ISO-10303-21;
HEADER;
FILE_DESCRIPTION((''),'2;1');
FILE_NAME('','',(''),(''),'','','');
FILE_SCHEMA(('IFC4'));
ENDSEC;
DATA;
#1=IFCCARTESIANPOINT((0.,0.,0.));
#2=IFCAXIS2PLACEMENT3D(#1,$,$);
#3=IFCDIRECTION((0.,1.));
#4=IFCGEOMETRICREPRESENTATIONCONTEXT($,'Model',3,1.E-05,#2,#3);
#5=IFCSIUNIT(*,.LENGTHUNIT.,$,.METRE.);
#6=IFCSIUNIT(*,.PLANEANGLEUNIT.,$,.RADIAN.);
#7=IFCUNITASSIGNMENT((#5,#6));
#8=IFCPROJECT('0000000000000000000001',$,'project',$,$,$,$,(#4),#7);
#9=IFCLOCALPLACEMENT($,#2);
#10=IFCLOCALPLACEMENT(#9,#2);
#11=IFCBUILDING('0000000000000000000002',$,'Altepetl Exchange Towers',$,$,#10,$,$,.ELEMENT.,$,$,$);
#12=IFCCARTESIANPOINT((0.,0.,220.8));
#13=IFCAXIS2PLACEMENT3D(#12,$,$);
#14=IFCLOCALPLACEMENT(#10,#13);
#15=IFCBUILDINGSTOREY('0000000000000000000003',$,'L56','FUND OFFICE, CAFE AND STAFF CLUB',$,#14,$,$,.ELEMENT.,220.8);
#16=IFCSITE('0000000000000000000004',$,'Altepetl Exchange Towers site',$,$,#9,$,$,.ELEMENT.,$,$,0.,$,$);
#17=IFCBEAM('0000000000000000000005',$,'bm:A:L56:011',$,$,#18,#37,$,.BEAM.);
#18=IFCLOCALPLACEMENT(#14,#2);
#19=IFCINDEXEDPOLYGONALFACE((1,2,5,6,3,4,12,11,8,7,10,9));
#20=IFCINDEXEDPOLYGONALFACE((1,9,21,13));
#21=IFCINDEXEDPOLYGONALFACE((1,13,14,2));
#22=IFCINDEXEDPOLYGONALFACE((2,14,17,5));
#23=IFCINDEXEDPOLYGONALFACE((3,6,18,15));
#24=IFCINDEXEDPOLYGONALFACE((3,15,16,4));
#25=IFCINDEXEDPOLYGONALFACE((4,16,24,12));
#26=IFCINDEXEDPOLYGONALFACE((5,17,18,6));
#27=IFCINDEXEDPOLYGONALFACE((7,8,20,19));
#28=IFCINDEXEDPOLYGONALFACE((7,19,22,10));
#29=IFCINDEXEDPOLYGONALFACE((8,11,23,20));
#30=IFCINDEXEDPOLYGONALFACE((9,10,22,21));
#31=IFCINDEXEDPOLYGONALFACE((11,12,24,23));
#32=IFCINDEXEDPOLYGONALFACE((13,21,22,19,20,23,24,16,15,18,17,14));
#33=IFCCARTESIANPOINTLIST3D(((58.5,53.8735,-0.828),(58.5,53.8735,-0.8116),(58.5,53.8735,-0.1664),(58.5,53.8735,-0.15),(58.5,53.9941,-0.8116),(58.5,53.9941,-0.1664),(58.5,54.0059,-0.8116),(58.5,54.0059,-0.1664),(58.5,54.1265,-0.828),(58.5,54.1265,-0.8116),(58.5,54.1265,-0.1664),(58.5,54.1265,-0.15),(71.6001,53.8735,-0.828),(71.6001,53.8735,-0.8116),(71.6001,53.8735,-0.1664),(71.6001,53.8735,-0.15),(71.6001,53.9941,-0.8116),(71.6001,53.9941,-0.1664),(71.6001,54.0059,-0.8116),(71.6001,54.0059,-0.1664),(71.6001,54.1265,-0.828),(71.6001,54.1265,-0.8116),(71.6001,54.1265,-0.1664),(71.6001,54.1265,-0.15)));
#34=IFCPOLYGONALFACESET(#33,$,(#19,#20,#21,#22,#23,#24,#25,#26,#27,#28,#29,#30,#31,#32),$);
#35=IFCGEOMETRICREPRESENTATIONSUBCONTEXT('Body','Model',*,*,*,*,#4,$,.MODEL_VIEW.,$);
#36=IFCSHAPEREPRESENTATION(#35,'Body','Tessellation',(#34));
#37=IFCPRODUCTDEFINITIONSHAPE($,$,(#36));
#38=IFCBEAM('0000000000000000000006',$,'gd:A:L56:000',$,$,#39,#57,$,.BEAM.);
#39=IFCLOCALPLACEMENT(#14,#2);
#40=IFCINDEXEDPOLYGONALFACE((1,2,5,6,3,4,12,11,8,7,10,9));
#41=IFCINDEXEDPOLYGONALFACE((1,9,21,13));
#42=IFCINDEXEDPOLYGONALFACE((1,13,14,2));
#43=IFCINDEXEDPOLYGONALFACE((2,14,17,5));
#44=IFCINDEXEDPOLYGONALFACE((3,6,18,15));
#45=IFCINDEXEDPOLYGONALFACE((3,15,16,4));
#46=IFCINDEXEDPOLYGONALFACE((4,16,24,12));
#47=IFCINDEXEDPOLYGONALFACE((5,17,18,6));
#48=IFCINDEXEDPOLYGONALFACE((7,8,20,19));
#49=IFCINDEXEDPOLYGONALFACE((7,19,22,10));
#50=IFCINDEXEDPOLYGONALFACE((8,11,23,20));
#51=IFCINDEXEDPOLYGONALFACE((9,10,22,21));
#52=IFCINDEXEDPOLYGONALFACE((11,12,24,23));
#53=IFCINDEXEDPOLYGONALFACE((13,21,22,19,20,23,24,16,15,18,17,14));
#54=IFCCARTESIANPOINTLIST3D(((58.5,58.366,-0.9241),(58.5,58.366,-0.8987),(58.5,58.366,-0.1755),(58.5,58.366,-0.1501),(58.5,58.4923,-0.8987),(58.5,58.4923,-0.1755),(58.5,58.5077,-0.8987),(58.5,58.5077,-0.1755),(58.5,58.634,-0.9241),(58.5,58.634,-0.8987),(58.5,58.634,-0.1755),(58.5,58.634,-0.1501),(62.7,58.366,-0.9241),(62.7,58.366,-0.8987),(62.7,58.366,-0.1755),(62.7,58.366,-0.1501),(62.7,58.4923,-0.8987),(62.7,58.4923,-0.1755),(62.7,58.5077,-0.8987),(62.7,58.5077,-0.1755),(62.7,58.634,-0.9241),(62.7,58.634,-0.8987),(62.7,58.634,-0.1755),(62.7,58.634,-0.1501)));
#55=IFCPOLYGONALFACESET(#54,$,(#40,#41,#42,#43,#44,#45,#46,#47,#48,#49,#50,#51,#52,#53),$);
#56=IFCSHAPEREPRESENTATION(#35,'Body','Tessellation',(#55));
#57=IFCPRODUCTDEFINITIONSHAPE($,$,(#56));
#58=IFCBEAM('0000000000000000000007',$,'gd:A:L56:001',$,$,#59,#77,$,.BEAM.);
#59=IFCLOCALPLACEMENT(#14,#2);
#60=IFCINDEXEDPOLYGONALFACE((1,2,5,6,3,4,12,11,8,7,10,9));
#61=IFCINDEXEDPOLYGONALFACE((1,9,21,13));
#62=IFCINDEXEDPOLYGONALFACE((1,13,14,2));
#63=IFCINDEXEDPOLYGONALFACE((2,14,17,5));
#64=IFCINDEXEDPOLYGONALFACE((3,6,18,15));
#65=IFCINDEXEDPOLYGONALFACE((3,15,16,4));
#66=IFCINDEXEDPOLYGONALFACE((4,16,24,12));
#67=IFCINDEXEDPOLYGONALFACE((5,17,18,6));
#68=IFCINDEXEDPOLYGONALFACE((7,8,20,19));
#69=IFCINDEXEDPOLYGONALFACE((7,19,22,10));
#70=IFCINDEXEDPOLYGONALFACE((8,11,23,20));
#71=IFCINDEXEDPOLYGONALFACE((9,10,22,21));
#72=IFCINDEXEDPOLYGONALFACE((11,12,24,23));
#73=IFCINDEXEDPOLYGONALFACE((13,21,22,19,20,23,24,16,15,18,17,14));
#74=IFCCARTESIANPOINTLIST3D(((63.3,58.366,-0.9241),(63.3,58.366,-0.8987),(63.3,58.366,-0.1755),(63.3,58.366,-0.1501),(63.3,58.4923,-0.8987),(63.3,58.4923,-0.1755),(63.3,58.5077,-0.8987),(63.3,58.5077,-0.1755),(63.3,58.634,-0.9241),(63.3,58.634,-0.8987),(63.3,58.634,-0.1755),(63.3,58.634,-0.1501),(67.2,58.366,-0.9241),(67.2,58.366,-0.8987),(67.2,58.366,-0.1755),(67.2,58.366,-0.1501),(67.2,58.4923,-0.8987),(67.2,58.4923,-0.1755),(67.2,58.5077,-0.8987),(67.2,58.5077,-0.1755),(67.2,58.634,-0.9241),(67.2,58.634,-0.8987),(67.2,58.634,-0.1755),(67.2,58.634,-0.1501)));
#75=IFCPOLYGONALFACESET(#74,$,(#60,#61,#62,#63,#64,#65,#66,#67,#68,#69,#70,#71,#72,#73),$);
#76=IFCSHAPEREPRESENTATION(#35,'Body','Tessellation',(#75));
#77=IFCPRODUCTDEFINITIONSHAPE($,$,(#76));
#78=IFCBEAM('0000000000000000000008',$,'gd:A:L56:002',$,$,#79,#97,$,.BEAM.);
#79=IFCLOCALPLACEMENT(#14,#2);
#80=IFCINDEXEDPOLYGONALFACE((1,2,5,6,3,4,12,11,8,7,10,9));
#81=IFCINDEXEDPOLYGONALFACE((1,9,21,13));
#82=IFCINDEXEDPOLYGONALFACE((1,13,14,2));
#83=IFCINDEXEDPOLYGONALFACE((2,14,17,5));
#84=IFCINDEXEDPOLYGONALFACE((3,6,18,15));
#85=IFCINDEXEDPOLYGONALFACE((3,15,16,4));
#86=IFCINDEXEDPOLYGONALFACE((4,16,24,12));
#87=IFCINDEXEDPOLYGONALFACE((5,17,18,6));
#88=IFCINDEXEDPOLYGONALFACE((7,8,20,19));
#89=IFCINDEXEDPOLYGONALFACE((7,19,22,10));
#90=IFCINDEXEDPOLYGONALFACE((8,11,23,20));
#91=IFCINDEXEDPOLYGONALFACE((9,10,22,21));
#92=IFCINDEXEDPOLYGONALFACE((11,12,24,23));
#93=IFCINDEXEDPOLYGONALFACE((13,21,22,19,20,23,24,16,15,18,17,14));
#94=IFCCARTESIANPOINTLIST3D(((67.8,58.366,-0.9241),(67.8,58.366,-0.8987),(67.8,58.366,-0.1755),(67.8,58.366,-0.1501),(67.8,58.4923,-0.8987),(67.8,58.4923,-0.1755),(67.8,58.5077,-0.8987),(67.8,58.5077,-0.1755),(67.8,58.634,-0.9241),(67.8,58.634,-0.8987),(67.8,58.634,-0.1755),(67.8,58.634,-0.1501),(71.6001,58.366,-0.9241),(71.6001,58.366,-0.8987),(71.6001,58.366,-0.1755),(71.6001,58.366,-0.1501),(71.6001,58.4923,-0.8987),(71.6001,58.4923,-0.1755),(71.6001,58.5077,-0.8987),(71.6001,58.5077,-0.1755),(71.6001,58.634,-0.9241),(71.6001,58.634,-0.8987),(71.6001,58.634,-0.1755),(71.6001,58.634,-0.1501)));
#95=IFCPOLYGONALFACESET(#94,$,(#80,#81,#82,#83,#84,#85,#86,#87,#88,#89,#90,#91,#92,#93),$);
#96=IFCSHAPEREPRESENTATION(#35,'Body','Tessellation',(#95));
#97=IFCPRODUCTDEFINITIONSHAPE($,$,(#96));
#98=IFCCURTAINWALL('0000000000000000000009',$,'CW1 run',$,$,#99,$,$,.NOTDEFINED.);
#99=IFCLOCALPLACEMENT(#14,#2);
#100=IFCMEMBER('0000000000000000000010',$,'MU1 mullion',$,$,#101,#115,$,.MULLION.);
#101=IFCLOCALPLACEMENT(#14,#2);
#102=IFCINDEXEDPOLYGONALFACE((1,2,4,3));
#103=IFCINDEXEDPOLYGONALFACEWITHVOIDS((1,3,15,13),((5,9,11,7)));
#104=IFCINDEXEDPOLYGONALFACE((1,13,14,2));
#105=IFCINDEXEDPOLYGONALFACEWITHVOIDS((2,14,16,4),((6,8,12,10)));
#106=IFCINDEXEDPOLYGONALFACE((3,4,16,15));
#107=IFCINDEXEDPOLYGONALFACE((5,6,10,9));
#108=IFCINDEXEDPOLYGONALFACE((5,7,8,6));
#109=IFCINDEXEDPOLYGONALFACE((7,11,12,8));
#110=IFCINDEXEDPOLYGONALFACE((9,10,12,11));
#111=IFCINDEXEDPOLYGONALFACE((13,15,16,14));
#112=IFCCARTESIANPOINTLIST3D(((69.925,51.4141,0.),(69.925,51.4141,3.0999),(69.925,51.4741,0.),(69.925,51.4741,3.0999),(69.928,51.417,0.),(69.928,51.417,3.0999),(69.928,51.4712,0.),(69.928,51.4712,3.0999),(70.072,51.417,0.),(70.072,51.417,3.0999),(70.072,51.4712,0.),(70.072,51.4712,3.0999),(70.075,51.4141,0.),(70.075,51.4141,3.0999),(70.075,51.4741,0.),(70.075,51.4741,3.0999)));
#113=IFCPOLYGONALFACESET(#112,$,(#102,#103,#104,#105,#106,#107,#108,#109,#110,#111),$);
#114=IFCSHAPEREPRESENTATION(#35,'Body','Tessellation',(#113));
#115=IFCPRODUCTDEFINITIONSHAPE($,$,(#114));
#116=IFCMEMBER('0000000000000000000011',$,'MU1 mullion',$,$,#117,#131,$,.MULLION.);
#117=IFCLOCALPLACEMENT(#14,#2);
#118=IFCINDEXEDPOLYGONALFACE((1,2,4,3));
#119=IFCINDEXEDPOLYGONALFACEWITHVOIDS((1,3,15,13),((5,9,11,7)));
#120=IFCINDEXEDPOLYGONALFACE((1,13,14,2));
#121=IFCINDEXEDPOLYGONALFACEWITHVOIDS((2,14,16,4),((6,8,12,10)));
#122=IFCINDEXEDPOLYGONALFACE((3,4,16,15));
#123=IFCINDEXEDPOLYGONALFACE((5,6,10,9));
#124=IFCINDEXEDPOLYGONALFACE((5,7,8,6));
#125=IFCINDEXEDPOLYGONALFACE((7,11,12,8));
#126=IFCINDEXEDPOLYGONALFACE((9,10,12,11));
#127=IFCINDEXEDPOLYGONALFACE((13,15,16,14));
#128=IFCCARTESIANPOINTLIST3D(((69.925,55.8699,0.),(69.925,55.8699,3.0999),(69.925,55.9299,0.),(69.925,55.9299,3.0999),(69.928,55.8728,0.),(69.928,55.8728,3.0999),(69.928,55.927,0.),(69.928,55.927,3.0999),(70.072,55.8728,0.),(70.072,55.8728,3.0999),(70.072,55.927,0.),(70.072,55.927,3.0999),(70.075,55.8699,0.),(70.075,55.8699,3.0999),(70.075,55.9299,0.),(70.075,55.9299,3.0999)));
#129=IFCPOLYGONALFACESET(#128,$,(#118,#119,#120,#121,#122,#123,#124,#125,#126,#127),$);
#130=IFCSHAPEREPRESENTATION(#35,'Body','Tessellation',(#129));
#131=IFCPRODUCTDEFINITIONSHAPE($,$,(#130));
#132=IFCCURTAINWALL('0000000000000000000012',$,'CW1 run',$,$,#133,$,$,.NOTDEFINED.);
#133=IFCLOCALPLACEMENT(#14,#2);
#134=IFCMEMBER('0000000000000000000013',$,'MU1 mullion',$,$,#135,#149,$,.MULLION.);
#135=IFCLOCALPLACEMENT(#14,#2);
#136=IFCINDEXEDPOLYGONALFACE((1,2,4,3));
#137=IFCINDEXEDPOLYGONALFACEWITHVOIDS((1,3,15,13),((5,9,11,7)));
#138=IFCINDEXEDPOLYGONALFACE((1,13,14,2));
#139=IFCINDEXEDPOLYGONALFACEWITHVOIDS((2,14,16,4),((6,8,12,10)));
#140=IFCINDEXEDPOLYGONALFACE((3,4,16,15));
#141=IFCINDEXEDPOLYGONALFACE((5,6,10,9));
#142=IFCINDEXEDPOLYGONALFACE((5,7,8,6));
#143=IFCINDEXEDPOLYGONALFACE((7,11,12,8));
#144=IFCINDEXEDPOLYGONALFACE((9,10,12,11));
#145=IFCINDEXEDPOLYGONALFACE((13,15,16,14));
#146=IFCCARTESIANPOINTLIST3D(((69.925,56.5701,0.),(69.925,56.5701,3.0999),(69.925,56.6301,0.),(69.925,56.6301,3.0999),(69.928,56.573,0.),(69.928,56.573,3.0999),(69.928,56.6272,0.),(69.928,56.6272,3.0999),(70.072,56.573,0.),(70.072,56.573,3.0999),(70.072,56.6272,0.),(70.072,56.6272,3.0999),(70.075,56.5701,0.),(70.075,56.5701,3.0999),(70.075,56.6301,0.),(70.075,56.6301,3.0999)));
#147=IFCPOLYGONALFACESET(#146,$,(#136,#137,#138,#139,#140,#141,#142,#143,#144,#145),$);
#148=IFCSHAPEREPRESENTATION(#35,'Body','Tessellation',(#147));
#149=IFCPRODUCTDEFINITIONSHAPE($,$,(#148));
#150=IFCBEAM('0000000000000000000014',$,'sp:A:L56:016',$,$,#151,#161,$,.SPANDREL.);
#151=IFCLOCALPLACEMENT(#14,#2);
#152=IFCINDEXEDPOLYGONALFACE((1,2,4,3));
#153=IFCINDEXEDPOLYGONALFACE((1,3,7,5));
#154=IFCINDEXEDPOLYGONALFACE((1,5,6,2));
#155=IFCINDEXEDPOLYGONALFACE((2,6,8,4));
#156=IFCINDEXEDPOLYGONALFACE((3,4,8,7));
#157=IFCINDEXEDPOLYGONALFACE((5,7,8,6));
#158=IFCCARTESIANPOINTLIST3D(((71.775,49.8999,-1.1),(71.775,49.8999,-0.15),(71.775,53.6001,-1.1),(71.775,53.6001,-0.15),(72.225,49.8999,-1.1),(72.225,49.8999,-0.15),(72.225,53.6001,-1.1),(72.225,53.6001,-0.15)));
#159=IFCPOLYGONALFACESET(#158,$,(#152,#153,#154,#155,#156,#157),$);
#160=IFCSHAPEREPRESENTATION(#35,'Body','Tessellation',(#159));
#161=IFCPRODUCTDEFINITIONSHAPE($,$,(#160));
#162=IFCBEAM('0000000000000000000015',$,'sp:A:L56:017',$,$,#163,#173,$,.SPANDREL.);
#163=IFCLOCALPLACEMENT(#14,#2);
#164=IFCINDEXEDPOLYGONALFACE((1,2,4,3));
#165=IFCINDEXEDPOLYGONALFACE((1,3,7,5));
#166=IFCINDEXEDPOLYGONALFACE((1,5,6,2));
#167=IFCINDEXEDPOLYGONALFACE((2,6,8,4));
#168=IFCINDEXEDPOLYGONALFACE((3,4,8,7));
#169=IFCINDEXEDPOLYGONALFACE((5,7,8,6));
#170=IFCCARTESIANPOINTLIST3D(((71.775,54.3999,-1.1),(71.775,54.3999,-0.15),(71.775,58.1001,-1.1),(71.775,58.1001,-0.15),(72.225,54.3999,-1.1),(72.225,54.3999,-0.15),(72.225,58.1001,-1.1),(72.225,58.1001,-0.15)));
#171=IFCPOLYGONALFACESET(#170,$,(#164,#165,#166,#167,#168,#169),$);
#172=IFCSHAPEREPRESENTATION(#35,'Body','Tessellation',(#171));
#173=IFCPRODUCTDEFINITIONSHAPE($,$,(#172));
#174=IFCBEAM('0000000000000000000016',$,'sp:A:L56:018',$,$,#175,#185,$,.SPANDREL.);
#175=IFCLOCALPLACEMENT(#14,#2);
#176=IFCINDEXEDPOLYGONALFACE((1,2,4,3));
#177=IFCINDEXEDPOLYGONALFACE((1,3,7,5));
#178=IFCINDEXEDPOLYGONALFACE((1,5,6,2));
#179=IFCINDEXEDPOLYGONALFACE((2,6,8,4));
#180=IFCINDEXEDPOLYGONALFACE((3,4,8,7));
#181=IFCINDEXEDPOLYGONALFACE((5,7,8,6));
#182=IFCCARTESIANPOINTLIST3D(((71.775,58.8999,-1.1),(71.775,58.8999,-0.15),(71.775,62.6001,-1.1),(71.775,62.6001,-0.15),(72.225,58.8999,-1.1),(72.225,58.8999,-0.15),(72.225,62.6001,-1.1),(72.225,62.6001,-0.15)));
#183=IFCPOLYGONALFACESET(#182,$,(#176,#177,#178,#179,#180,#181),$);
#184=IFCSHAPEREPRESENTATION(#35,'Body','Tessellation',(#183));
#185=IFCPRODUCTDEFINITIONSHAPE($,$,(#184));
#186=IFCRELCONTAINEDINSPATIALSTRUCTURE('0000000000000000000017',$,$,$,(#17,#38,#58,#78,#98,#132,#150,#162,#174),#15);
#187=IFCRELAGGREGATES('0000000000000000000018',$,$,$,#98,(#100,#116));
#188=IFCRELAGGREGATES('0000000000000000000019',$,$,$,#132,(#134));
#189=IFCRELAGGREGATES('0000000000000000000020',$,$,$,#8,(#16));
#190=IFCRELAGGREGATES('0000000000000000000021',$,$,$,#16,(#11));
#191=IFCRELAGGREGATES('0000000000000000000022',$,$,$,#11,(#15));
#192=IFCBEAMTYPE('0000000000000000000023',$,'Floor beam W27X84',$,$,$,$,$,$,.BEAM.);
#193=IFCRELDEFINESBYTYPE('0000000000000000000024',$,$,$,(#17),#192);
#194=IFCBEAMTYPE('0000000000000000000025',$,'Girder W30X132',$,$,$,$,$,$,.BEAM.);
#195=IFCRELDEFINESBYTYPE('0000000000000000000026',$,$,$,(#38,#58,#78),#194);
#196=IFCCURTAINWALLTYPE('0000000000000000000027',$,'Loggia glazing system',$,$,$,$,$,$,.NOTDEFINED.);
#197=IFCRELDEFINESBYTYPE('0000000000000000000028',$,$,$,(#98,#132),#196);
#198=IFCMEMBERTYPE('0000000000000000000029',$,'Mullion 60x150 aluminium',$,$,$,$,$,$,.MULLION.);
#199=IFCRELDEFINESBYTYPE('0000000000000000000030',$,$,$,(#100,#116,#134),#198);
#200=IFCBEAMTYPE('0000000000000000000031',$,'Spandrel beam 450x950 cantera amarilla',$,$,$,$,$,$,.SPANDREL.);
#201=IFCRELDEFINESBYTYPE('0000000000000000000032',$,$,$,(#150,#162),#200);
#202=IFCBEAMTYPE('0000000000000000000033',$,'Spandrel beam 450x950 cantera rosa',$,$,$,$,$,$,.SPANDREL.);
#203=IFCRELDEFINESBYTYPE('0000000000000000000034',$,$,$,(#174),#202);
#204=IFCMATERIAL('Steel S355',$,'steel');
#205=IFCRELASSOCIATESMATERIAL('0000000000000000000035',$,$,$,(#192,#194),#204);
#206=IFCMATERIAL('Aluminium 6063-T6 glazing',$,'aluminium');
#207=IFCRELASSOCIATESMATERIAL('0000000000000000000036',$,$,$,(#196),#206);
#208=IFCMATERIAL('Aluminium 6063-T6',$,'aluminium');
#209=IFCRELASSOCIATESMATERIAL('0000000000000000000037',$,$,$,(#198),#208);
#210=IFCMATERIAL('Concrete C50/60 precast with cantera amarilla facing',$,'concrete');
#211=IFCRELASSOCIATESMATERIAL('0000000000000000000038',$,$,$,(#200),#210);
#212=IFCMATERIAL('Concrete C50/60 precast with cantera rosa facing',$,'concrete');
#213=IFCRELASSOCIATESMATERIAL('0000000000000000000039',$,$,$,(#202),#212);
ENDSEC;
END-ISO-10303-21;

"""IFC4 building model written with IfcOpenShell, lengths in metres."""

from ifc_helpers import new_model, si_unit, direction, frame, origin, origin_2d, place, context, subcontext, project, spatial, rectangle, hollow_rectangle, i_section, extrude, material, material_profile, profile_set, type_object, element, aggregate, save


model = new_model("IFC4")

# Units and contexts
model_context = context("Model", 3, precision=1e-05, world=origin(), true_north=direction((0.0, 1.0)))
body_context = subcontext(model_context, "Body", "Model", "MODEL_VIEW")
ifc_project = project(units=[si_unit("LENGTHUNIT", "METRE"), si_unit("PLANEANGLEUNIT", "RADIAN")], contexts=[model_context])

# Site, building, storey
site_placement = place(None, origin())
site = spatial("IfcSite", under=ifc_project, at=site_placement, Name="Altepetl Exchange Towers site", CompositionType="ELEMENT", RefElevation=0.0)
building_placement = place(site_placement, origin())
building = spatial("IfcBuilding", under=site, at=building_placement, Name="Altepetl Exchange Towers", CompositionType="ELEMENT")
storey_placement = place(building_placement, frame((0.0, 0.0, 220.8)))
storey = spatial("IfcBuildingStorey", under=building, at=storey_placement, Name="L56", Description="FUND OFFICE, CAFE AND STAFF CLUB", CompositionType="ELEMENT", Elevation=220.8)

# Beams
ifc_material_1 = material(Name="Steel S355", Category="steel")
ifc_material_profile_1 = material_profile(ifc_material_1, i_section(OverallWidth=0.2529, OverallDepth=0.678, WebThickness=0.0117, FlangeThickness=0.0164, at=origin_2d()), Name="W27X84")
ifc_profile_set_1 = profile_set([ifc_material_profile_1], Name="Steel S355")
beam_type_1 = type_object("IfcBeamType", Name="Floor beam W27X84", PredefinedType="BEAM", material=ifc_profile_set_1)
for number, where, z_axis, x_axis, name in (
    (1, (58.5, 54.0, -0.489), (1.0, 0.0, 0.0), (0.0, 1.0, 0.0), "bm:A:L56:011"),
):
    element("IfcBeam", number, at=place(storey_placement, frame(where, z_axis=z_axis, x_axis=x_axis)), inside=storey, type_object=beam_type_1, Name=name, PredefinedType="BEAM", context=body_context, shape_type="SweptSolid", body=[
        extrude(i_section(OverallWidth=0.2529, OverallDepth=0.678, WebThickness=0.0117, FlangeThickness=0.0164, at=origin_2d()), origin(), (0.0, 0.0, 1.0), 13.1001),
    ])
ifc_material_profile_2 = material_profile(ifc_material_1, i_section(OverallWidth=0.2681, OverallDepth=0.7739, WebThickness=0.0154, FlangeThickness=0.0254, at=origin_2d()), Name="W30X132")
ifc_profile_set_2 = profile_set([ifc_material_profile_2], Name="Steel S355")
beam_type_2 = type_object("IfcBeamType", Name="Girder W30X132", PredefinedType="BEAM", material=ifc_profile_set_2)
beam_1_placement = place(storey_placement, frame((58.5, 58.5, -0.5371), z_axis=(1.0, 0.0, 0.0), x_axis=(0.0, 1.0, 0.0)))
element("IfcBeam", 2, at=beam_1_placement, inside=storey, type_object=beam_type_2, Name="gd:A:L56:000", PredefinedType="BEAM", context=body_context, shape_type="SweptSolid", body=[
    extrude(i_section(OverallWidth=0.2681, OverallDepth=0.7739, WebThickness=0.0154, FlangeThickness=0.0254, at=origin_2d()), origin(), (0.0, 0.0, 1.0), 4.2),
])
beam_2_placement = place(storey_placement, frame((63.3, 58.5, -0.5371), z_axis=(1.0, 0.0, 0.0), x_axis=(0.0, 1.0, 0.0)))
element("IfcBeam", 3, at=beam_2_placement, inside=storey, type_object=beam_type_2, Name="gd:A:L56:001", PredefinedType="BEAM", context=body_context, shape_type="SweptSolid", body=[
    extrude(i_section(OverallWidth=0.2681, OverallDepth=0.7739, WebThickness=0.0154, FlangeThickness=0.0254, at=origin_2d()), origin(), (0.0, 0.0, 1.0), 3.8999),
])
beam_3_placement = place(storey_placement, frame((67.8, 58.5, -0.5371), z_axis=(1.0, 0.0, 0.0), x_axis=(0.0, 1.0, 0.0)))
element("IfcBeam", 4, at=beam_3_placement, inside=storey, type_object=beam_type_2, Name="gd:A:L56:002", PredefinedType="BEAM", context=body_context, shape_type="SweptSolid", body=[
    extrude(i_section(OverallWidth=0.2681, OverallDepth=0.7739, WebThickness=0.0154, FlangeThickness=0.0254, at=origin_2d()), origin(), (0.0, 0.0, 1.0), 3.8),
])

# Curtain wall, members
ifc_material_2 = material(Name="Aluminium 6063-T6 glazing", Category="aluminium")
curtain_wall_type = type_object("IfcCurtainWallType", Name="Loggia glazing system", PredefinedType="NOTDEFINED", material=ifc_material_2)
curtain_wall_1_placement = place(storey_placement, origin())
curtain_wall_1 = element("IfcCurtainWall", 5, at=curtain_wall_1_placement, inside=storey, type_object=curtain_wall_type, Name="CW1 run", PredefinedType="NOTDEFINED")
ifc_material_3 = material(Name="Aluminium 6063-T6", Category="aluminium")
ifc_material_profile_3 = material_profile(ifc_material_3, hollow_rectangle(XDim=0.0601, YDim=0.1499, WallThickness=0.0029, at=origin_2d()), Name="Mullion 60x150 aluminium")
ifc_profile_set_3 = profile_set([ifc_material_profile_3], Name="Aluminium 6063-T6")
member_type = type_object("IfcMemberType", Name="Mullion 60x150 aluminium", PredefinedType="MULLION", material=ifc_profile_set_3)
member_1_placement = place(storey_placement, frame((70.0, 51.4441, 0.0), z_axis=(0.0, 0.0, 1.0), x_axis=(0.0, 1.0, 0.0)))
member_1 = element("IfcMember", 6, at=member_1_placement, type_object=member_type, Name="MU1 mullion", PredefinedType="MULLION", context=body_context, shape_type="SweptSolid", body=[
    extrude(hollow_rectangle(XDim=0.0601, YDim=0.1499, WallThickness=0.0029, at=origin_2d()), origin(), (0.0, 0.0, 1.0), 3.0999),
])
member_2_placement = place(storey_placement, frame((70.0, 55.8999, 0.0), z_axis=(0.0, 0.0, 1.0), x_axis=(0.0, 1.0, 0.0)))
member_2 = element("IfcMember", 7, at=member_2_placement, type_object=member_type, Name="MU1 mullion", PredefinedType="MULLION", context=body_context, shape_type="SweptSolid", body=[
    extrude(hollow_rectangle(XDim=0.0601, YDim=0.1499, WallThickness=0.0029, at=origin_2d()), origin(), (0.0, 0.0, 1.0), 3.0999),
])

# Curtain wall, member
curtain_wall_2_placement = place(storey_placement, origin())
curtain_wall_2 = element("IfcCurtainWall", 8, at=curtain_wall_2_placement, inside=storey, type_object=curtain_wall_type, Name="CW1 run", PredefinedType="NOTDEFINED")
member_3_placement = place(storey_placement, frame((70.0, 56.6001, 0.0), z_axis=(0.0, 0.0, 1.0), x_axis=(0.0, 1.0, 0.0)))
member_3 = element("IfcMember", 9, at=member_3_placement, type_object=member_type, Name="MU1 mullion", PredefinedType="MULLION", context=body_context, shape_type="SweptSolid", body=[
    extrude(hollow_rectangle(XDim=0.0601, YDim=0.1499, WallThickness=0.0029, at=origin_2d()), origin(), (0.0, 0.0, 1.0), 3.0999),
])

# Beams
ifc_material_4 = material(Name="Concrete C50/60 precast with cantera amarilla facing", Category="concrete")
ifc_material_profile_4 = material_profile(ifc_material_4, rectangle(XDim=0.45, YDim=0.95, at=origin_2d()), Name="450 x 950")
ifc_profile_set_4 = profile_set([ifc_material_profile_4], Name="Concrete C50/60 precast with cantera amarilla facing")
beam_type_3 = type_object("IfcBeamType", Name="Spandrel beam 450x950 cantera amarilla", PredefinedType="SPANDREL", material=ifc_profile_set_4)
for number, where, z_axis, x_axis, name in (
    (10, (72.0, 49.8999, -0.625), (0.0, 1.0, 0.0), (-1.0, 0.0, 0.0), "sp:A:L56:016"),
    (11, (72.0, 54.3999, -0.625), (0.0, 1.0, 0.0), (-1.0, 0.0, 0.0), "sp:A:L56:017"),
):
    element("IfcBeam", number, at=place(storey_placement, frame(where, z_axis=z_axis, x_axis=x_axis)), inside=storey, type_object=beam_type_3, Name=name, PredefinedType="SPANDREL", context=body_context, shape_type="SweptSolid", body=[
        extrude(rectangle(XDim=0.45, YDim=0.95, at=origin_2d()), origin(), (0.0, 0.0, 1.0), 3.7002),
    ])
ifc_material_5 = material(Name="Concrete C50/60 precast with cantera rosa facing", Category="concrete")
ifc_material_profile_5 = material_profile(ifc_material_5, rectangle(XDim=0.45, YDim=0.95, at=origin_2d()), Name="450 x 950")
ifc_profile_set_5 = profile_set([ifc_material_profile_5], Name="Concrete C50/60 precast with cantera rosa facing")
beam_type_4 = type_object("IfcBeamType", Name="Spandrel beam 450x950 cantera rosa", PredefinedType="SPANDREL", material=ifc_profile_set_5)
beam_4_placement = place(storey_placement, frame((72.0, 58.8999, -0.625), z_axis=(0.0, 1.0, 0.0), x_axis=(-1.0, 0.0, 0.0)))
element("IfcBeam", 12, at=beam_4_placement, inside=storey, type_object=beam_type_4, Name="sp:A:L56:018", PredefinedType="SPANDREL", context=body_context, shape_type="SweptSolid", body=[
    extrude(rectangle(XDim=0.45, YDim=0.95, at=origin_2d()), origin(), (0.0, 0.0, 1.0), 3.7002),
])

aggregate(curtain_wall_1, [member_1, member_2])
aggregate(curtain_wall_2, [member_3])

save(model, "model.ifc")
